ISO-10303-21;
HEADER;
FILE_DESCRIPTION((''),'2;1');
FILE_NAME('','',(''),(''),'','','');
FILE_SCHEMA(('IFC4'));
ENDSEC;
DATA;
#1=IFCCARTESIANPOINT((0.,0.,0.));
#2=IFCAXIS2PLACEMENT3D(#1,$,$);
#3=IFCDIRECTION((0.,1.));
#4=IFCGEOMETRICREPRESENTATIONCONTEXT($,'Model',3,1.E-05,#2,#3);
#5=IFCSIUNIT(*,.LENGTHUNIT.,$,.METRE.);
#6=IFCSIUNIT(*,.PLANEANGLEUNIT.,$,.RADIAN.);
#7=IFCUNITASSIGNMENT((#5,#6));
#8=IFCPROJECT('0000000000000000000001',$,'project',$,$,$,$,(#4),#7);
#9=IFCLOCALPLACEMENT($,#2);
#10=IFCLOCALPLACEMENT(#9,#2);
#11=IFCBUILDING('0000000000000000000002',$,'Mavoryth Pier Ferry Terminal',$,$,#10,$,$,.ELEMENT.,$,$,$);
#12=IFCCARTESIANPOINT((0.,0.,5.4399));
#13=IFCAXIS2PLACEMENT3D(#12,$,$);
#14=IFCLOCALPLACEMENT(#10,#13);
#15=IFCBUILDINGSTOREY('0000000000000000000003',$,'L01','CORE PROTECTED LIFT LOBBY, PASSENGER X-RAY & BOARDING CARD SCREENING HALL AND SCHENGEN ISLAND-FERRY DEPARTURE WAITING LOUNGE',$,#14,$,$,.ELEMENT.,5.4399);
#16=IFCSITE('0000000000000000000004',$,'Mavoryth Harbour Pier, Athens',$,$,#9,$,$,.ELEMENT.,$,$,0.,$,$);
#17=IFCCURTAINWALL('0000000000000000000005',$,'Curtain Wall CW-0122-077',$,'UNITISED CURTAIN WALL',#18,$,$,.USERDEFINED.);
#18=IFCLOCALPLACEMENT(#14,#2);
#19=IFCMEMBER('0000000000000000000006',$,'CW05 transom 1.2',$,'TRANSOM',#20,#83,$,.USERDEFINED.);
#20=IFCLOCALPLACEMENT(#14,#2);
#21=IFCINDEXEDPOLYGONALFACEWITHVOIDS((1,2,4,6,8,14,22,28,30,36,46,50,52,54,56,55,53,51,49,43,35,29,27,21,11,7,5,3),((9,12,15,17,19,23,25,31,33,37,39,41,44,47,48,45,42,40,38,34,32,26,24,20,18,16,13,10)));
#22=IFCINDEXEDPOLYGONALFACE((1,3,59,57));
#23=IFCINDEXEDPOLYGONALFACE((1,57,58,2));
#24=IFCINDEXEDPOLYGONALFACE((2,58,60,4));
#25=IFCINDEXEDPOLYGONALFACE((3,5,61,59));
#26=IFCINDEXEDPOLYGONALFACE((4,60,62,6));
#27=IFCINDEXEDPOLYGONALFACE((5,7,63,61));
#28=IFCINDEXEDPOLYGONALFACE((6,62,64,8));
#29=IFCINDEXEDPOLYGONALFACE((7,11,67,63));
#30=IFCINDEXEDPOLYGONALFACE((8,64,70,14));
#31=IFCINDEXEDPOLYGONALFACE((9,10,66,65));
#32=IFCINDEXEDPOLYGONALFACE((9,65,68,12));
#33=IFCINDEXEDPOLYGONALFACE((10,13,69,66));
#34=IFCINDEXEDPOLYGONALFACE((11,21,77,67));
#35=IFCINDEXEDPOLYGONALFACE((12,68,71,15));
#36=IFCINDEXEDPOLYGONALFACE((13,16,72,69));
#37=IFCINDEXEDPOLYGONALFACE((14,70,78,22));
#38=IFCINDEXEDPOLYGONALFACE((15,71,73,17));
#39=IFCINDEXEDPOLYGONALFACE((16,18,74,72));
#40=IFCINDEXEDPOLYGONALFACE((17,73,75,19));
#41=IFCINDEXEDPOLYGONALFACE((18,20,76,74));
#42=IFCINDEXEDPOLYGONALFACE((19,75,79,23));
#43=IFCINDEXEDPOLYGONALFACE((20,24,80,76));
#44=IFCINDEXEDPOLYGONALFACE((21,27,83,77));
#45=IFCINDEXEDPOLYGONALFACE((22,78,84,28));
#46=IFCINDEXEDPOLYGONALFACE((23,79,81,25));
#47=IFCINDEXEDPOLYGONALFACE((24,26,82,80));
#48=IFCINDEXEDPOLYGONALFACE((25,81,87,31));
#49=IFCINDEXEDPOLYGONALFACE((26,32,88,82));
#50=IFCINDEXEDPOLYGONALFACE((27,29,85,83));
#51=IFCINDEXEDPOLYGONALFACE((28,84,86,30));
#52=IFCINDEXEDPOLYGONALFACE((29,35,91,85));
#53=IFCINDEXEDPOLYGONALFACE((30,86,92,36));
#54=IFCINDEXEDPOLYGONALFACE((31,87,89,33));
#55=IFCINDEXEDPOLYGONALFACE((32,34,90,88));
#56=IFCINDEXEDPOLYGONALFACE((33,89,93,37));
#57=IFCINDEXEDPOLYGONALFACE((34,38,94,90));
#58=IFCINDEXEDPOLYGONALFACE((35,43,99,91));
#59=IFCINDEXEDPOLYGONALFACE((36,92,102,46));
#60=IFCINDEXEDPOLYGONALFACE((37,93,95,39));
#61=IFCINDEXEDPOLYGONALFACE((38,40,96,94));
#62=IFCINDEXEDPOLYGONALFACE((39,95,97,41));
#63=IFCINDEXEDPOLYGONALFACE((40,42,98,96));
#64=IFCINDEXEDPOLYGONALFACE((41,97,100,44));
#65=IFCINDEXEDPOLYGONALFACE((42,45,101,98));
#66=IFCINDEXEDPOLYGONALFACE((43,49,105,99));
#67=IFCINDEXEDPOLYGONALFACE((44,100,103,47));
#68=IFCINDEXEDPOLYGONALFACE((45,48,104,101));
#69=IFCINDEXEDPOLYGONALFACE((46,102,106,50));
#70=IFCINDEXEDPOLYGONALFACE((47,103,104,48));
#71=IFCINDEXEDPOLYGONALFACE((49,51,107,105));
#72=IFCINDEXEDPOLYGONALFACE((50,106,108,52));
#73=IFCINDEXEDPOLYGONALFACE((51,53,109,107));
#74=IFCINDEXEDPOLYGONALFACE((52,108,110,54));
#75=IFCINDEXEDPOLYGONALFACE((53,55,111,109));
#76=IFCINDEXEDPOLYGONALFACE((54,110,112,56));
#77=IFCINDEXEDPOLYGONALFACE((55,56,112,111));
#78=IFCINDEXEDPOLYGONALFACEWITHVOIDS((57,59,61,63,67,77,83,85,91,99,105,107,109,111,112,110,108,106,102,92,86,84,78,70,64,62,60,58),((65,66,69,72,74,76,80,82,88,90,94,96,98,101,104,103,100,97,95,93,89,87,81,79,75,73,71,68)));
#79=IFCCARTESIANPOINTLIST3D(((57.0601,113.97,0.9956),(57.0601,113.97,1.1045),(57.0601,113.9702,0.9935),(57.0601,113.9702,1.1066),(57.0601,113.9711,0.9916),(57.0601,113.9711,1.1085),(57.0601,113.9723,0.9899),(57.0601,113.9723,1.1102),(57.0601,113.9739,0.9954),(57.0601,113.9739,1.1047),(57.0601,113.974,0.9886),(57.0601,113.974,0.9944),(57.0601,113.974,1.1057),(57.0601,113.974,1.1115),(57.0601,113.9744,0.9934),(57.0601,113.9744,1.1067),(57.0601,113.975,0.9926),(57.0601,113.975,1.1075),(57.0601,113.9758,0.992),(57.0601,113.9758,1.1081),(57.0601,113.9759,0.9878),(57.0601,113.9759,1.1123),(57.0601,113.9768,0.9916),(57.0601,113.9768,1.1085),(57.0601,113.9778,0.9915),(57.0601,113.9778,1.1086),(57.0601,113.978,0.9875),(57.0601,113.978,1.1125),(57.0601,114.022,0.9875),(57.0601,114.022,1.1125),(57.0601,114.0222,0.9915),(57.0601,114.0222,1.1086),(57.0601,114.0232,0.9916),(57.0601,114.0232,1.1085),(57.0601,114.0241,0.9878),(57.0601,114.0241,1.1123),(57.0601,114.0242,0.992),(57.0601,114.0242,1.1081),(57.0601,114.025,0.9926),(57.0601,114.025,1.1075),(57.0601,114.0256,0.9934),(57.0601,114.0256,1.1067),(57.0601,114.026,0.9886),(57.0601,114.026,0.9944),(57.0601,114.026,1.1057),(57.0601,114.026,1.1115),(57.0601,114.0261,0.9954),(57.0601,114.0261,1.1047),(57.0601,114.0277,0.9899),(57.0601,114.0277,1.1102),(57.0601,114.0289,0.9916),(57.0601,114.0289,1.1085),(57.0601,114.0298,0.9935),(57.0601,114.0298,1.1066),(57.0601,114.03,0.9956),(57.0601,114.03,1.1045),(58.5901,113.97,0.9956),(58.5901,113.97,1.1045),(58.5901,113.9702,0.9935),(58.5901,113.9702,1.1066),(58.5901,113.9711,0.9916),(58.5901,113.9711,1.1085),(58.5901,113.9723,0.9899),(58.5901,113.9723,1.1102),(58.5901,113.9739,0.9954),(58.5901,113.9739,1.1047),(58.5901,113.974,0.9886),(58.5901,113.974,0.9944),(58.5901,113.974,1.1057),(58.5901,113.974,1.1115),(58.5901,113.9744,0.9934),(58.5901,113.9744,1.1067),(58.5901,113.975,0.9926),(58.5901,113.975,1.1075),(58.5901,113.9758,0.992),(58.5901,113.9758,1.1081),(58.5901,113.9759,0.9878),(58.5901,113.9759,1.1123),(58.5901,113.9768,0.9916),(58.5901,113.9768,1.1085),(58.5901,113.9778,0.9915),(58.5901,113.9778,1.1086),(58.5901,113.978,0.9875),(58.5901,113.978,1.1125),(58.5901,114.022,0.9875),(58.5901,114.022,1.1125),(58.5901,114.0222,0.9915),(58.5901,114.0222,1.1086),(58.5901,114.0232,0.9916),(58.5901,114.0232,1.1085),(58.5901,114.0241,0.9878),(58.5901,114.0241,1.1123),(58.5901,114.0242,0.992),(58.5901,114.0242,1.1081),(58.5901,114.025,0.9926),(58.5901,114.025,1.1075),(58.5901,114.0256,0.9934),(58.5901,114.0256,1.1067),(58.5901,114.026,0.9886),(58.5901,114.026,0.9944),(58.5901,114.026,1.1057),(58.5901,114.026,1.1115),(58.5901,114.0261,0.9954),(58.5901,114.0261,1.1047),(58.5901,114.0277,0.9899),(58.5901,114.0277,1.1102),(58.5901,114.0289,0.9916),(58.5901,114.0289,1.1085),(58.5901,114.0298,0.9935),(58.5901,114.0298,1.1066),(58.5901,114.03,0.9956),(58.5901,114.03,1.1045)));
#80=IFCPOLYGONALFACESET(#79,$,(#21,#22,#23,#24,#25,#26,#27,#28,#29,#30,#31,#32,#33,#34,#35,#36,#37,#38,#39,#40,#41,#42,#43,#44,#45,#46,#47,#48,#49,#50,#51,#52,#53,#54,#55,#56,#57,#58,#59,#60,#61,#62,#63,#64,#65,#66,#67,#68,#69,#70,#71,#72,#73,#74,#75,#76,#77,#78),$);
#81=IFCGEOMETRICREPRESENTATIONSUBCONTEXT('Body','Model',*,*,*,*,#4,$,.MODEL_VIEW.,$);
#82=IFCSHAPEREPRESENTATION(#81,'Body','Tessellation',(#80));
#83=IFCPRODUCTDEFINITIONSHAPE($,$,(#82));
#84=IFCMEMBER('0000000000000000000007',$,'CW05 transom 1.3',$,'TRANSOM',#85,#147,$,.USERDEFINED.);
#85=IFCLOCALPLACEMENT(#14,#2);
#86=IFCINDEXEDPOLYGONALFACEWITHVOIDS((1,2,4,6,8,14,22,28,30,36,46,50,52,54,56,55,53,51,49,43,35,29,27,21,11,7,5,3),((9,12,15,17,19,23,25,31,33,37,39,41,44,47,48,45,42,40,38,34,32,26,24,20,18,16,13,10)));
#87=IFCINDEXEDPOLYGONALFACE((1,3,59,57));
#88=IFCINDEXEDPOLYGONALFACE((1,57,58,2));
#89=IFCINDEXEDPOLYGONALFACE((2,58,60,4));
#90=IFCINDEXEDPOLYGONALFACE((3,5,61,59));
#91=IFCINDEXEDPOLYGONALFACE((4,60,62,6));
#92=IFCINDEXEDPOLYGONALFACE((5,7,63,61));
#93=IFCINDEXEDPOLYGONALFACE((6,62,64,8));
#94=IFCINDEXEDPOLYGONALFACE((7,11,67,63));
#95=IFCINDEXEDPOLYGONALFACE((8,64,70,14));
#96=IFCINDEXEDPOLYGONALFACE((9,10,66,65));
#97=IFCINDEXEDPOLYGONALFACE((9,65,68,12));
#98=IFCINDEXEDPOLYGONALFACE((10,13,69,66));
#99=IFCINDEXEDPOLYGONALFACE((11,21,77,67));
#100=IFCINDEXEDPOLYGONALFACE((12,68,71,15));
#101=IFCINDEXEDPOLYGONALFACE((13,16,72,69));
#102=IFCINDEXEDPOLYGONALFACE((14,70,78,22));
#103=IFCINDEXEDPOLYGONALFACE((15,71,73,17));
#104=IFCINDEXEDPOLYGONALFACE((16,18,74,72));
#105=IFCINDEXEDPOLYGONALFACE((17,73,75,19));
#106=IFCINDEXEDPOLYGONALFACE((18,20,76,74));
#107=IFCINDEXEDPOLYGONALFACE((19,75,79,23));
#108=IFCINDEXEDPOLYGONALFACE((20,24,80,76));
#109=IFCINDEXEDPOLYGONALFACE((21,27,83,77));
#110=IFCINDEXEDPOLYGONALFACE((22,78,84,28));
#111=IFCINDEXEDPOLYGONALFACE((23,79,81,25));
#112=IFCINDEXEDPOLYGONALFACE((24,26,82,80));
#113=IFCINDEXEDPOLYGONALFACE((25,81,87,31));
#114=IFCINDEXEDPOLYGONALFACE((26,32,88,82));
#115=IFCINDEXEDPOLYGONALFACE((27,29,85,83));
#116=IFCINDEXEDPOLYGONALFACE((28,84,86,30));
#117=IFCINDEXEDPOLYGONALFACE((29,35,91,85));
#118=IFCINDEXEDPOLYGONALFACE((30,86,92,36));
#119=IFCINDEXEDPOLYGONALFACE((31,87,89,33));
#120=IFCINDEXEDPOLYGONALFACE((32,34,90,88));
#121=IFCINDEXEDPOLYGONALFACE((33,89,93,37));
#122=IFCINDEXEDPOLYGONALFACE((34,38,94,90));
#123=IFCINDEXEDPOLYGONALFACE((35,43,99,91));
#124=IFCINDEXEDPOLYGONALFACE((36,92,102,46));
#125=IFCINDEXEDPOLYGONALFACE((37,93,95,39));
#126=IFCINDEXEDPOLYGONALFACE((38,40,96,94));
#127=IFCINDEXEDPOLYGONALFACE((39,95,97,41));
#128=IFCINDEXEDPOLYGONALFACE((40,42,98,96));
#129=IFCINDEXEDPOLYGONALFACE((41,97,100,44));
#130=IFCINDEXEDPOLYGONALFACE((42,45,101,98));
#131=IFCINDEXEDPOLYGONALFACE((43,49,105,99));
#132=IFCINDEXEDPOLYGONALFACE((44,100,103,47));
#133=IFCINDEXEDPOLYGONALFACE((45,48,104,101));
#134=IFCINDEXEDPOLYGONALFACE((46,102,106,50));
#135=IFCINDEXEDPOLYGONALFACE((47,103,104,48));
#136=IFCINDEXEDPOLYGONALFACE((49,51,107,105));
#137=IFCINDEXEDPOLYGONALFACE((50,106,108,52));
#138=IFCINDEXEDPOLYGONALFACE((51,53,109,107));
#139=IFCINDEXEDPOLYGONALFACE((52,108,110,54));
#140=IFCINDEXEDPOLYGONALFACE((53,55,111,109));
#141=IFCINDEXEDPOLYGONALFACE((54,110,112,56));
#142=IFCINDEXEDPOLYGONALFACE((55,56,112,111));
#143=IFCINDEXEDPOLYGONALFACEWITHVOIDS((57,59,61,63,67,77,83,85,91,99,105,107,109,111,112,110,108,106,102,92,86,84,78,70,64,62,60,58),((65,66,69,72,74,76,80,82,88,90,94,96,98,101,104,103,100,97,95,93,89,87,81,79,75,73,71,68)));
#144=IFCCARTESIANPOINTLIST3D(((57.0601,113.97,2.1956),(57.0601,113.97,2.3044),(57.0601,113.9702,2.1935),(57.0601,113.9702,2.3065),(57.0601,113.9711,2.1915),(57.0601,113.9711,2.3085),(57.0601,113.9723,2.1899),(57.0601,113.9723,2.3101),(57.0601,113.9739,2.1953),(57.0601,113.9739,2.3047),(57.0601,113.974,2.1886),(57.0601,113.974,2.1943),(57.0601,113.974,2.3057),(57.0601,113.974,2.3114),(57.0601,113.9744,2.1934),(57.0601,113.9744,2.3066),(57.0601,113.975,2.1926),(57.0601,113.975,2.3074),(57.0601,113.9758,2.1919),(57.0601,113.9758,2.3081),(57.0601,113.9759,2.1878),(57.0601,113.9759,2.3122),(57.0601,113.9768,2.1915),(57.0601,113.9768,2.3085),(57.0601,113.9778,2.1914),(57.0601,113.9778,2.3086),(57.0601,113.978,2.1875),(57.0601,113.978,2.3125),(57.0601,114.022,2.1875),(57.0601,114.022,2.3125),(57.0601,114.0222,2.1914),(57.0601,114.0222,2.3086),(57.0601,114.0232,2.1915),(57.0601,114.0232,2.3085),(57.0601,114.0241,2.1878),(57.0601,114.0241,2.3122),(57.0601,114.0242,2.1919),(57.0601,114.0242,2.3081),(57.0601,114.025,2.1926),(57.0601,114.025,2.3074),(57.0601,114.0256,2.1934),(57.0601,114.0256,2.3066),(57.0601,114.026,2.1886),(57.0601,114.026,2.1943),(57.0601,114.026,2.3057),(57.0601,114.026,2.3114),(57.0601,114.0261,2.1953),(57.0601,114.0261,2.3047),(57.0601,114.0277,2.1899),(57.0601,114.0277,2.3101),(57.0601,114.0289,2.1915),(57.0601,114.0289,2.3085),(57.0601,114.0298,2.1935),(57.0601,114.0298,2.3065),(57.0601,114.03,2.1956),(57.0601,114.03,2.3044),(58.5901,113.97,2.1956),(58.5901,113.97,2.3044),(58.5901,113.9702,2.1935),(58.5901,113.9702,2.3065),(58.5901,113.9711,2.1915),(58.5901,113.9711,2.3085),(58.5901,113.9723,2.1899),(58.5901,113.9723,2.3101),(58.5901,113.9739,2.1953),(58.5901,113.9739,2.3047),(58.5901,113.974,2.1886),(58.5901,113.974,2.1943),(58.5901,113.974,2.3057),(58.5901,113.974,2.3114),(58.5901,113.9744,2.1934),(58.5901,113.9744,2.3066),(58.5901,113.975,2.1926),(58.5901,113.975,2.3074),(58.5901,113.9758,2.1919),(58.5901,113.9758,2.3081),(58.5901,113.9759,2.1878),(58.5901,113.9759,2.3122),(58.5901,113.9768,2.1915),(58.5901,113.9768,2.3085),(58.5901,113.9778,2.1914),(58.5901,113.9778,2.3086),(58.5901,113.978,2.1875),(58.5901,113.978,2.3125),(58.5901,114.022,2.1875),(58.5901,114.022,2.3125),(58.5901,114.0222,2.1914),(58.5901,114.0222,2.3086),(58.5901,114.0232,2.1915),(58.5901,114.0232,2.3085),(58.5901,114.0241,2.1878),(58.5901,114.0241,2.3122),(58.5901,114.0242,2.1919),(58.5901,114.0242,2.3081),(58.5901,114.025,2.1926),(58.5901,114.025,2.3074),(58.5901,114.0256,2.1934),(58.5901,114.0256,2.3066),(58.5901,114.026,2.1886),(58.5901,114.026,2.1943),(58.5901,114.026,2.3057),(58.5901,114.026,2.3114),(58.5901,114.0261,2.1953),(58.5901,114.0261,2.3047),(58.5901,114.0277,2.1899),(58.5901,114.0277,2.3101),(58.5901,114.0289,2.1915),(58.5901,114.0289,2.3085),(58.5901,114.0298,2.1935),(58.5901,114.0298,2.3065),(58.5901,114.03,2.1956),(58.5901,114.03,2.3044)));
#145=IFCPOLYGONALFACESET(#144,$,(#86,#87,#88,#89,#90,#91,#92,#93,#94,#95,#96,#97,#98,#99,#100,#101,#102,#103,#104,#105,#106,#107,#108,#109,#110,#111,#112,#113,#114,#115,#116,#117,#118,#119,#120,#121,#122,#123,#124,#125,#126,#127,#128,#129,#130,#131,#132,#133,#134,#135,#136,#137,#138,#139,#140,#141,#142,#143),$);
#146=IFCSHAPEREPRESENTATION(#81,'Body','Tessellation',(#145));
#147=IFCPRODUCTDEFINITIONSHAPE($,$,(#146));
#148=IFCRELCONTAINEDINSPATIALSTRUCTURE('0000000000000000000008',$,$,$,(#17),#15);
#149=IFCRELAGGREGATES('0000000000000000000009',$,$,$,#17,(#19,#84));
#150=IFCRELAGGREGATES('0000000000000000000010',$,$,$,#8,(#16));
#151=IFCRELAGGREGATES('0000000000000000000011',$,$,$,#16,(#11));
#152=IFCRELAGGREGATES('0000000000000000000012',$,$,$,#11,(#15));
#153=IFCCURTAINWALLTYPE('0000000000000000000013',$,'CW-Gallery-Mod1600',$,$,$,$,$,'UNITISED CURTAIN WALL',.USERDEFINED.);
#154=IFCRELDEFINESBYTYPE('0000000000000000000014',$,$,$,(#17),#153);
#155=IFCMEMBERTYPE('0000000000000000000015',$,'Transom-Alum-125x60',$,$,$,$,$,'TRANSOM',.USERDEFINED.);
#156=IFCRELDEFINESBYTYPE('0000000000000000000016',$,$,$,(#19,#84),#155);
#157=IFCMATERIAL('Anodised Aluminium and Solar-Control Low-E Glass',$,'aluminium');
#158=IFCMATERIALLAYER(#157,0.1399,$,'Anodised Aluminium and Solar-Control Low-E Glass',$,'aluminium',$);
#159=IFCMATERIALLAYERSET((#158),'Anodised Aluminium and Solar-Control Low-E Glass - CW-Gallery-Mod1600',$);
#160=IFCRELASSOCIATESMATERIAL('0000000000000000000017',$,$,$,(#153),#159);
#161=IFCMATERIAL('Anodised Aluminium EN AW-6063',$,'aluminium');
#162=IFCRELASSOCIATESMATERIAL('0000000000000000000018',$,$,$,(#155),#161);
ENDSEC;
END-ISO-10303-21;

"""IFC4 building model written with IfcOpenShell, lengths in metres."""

from ifc_helpers import new_model, si_unit, direction, frame, origin, origin_2d, place, context, subcontext, project, spatial, hollow_rectangle, extrude, material, layer, layer_set, material_profile, profile_set, type_object, element, aggregate, save


model = new_model("IFC4")

# Units and contexts
model_context = context("Model", 3, precision=1e-05, world=origin(), true_north=direction((0.0, 1.0)))
body_context = subcontext(model_context, "Body", "Model", "MODEL_VIEW")
ifc_project = project(units=[si_unit("LENGTHUNIT", "METRE"), si_unit("PLANEANGLEUNIT", "RADIAN")], contexts=[model_context])

# Site, building, storey
site_placement = place(None, origin())
site = spatial("IfcSite", under=ifc_project, at=site_placement, Name="Mavoryth Harbour Pier, Athens", CompositionType="ELEMENT", RefElevation=0.0)
building_placement = place(site_placement, origin())
building = spatial("IfcBuilding", under=site, at=building_placement, Name="Mavoryth Pier Ferry Terminal", CompositionType="ELEMENT")
storey_placement = place(building_placement, frame((0.0, 0.0, 5.4399)))
storey = spatial("IfcBuildingStorey", under=building, at=storey_placement, Name="L01", Description="CORE PROTECTED LIFT LOBBY, PASSENGER X-RAY & BOARDING CARD SCREENING HALL AND SCHENGEN ISLAND-FERRY DEPARTURE WAITING LOUNGE", CompositionType="ELEMENT", Elevation=5.4399)

# Curtain wall
ifc_material_1 = material(Name="Anodised Aluminium and Solar-Control Low-E Glass", Category="aluminium")
ifc_layer_1 = layer(ifc_material_1, 0.1399, Name="Anodised Aluminium and Solar-Control Low-E Glass", Category="aluminium")
ifc_layer_set_1 = layer_set([ifc_layer_1], Name="Anodised Aluminium and Solar-Control Low-E Glass - CW-Gallery-Mod1600")
curtain_wall_type = type_object("IfcCurtainWallType", Name="CW-Gallery-Mod1600", ElementType="UNITISED CURTAIN WALL", PredefinedType="USERDEFINED", material=ifc_layer_set_1)
curtain_wall_1_placement = place(storey_placement, origin())
curtain_wall_1 = element("IfcCurtainWall", 1, at=curtain_wall_1_placement, inside=storey, type_object=curtain_wall_type, Name="Curtain Wall CW-0122-077", ObjectType="UNITISED CURTAIN WALL", PredefinedType="USERDEFINED")
ifc_material_2 = material(Name="Anodised Aluminium EN AW-6063", Category="aluminium")

# Members
ifc_material_profile_1 = material_profile(ifc_material_2, hollow_rectangle(XDim=0.0601, YDim=0.125, WallThickness=0.0039, InnerFilletRadius=0.0039, OuterFilletRadius=0.0081, at=origin_2d()), Name="AL-TRAN 125x60x4", Category="aluminium")
ifc_profile_set_1 = profile_set([ifc_material_profile_1], Name="Anodised Aluminium EN AW-6063 - AL-TRAN 125x60x4")
member_type_1 = type_object("IfcMemberType", Name="Transom-Alum-125x60", ElementType="TRANSOM", PredefinedType="USERDEFINED", material=ifc_profile_set_1)
member_1_placement = place(storey_placement, frame((58.5901, 114.0, 1.05), z_axis=(-1.0, 0.0, 0.0), x_axis=(0.0, -1.0, 0.0)))
member_1 = element("IfcMember", 2, at=member_1_placement, type_object=member_type_1, Name="CW05 transom 1.2", ObjectType="TRANSOM", PredefinedType="USERDEFINED", context=body_context, shape_type="SweptSolid", body=[
    extrude(hollow_rectangle(XDim=0.0601, YDim=0.125, WallThickness=0.0039, InnerFilletRadius=0.0039, OuterFilletRadius=0.0081, at=origin_2d()), origin(), (0.0, 0.0, 1.0), 1.53),
])
member_2_placement = place(storey_placement, frame((58.5901, 114.0, 2.25), z_axis=(-1.0, 0.0, 0.0), x_axis=(0.0, -1.0, 0.0)))
member_2 = element("IfcMember", 3, at=member_2_placement, type_object=member_type_1, Name="CW05 transom 1.3", ObjectType="TRANSOM", PredefinedType="USERDEFINED", context=body_context, shape_type="SweptSolid", body=[
    extrude(hollow_rectangle(XDim=0.0601, YDim=0.125, WallThickness=0.0039, InnerFilletRadius=0.0039, OuterFilletRadius=0.0081, at=origin_2d()), origin(), (0.0, 0.0, 1.0), 1.53),
])

aggregate(curtain_wall_1, [member_1, member_2])

save(model, "model.ifc")
